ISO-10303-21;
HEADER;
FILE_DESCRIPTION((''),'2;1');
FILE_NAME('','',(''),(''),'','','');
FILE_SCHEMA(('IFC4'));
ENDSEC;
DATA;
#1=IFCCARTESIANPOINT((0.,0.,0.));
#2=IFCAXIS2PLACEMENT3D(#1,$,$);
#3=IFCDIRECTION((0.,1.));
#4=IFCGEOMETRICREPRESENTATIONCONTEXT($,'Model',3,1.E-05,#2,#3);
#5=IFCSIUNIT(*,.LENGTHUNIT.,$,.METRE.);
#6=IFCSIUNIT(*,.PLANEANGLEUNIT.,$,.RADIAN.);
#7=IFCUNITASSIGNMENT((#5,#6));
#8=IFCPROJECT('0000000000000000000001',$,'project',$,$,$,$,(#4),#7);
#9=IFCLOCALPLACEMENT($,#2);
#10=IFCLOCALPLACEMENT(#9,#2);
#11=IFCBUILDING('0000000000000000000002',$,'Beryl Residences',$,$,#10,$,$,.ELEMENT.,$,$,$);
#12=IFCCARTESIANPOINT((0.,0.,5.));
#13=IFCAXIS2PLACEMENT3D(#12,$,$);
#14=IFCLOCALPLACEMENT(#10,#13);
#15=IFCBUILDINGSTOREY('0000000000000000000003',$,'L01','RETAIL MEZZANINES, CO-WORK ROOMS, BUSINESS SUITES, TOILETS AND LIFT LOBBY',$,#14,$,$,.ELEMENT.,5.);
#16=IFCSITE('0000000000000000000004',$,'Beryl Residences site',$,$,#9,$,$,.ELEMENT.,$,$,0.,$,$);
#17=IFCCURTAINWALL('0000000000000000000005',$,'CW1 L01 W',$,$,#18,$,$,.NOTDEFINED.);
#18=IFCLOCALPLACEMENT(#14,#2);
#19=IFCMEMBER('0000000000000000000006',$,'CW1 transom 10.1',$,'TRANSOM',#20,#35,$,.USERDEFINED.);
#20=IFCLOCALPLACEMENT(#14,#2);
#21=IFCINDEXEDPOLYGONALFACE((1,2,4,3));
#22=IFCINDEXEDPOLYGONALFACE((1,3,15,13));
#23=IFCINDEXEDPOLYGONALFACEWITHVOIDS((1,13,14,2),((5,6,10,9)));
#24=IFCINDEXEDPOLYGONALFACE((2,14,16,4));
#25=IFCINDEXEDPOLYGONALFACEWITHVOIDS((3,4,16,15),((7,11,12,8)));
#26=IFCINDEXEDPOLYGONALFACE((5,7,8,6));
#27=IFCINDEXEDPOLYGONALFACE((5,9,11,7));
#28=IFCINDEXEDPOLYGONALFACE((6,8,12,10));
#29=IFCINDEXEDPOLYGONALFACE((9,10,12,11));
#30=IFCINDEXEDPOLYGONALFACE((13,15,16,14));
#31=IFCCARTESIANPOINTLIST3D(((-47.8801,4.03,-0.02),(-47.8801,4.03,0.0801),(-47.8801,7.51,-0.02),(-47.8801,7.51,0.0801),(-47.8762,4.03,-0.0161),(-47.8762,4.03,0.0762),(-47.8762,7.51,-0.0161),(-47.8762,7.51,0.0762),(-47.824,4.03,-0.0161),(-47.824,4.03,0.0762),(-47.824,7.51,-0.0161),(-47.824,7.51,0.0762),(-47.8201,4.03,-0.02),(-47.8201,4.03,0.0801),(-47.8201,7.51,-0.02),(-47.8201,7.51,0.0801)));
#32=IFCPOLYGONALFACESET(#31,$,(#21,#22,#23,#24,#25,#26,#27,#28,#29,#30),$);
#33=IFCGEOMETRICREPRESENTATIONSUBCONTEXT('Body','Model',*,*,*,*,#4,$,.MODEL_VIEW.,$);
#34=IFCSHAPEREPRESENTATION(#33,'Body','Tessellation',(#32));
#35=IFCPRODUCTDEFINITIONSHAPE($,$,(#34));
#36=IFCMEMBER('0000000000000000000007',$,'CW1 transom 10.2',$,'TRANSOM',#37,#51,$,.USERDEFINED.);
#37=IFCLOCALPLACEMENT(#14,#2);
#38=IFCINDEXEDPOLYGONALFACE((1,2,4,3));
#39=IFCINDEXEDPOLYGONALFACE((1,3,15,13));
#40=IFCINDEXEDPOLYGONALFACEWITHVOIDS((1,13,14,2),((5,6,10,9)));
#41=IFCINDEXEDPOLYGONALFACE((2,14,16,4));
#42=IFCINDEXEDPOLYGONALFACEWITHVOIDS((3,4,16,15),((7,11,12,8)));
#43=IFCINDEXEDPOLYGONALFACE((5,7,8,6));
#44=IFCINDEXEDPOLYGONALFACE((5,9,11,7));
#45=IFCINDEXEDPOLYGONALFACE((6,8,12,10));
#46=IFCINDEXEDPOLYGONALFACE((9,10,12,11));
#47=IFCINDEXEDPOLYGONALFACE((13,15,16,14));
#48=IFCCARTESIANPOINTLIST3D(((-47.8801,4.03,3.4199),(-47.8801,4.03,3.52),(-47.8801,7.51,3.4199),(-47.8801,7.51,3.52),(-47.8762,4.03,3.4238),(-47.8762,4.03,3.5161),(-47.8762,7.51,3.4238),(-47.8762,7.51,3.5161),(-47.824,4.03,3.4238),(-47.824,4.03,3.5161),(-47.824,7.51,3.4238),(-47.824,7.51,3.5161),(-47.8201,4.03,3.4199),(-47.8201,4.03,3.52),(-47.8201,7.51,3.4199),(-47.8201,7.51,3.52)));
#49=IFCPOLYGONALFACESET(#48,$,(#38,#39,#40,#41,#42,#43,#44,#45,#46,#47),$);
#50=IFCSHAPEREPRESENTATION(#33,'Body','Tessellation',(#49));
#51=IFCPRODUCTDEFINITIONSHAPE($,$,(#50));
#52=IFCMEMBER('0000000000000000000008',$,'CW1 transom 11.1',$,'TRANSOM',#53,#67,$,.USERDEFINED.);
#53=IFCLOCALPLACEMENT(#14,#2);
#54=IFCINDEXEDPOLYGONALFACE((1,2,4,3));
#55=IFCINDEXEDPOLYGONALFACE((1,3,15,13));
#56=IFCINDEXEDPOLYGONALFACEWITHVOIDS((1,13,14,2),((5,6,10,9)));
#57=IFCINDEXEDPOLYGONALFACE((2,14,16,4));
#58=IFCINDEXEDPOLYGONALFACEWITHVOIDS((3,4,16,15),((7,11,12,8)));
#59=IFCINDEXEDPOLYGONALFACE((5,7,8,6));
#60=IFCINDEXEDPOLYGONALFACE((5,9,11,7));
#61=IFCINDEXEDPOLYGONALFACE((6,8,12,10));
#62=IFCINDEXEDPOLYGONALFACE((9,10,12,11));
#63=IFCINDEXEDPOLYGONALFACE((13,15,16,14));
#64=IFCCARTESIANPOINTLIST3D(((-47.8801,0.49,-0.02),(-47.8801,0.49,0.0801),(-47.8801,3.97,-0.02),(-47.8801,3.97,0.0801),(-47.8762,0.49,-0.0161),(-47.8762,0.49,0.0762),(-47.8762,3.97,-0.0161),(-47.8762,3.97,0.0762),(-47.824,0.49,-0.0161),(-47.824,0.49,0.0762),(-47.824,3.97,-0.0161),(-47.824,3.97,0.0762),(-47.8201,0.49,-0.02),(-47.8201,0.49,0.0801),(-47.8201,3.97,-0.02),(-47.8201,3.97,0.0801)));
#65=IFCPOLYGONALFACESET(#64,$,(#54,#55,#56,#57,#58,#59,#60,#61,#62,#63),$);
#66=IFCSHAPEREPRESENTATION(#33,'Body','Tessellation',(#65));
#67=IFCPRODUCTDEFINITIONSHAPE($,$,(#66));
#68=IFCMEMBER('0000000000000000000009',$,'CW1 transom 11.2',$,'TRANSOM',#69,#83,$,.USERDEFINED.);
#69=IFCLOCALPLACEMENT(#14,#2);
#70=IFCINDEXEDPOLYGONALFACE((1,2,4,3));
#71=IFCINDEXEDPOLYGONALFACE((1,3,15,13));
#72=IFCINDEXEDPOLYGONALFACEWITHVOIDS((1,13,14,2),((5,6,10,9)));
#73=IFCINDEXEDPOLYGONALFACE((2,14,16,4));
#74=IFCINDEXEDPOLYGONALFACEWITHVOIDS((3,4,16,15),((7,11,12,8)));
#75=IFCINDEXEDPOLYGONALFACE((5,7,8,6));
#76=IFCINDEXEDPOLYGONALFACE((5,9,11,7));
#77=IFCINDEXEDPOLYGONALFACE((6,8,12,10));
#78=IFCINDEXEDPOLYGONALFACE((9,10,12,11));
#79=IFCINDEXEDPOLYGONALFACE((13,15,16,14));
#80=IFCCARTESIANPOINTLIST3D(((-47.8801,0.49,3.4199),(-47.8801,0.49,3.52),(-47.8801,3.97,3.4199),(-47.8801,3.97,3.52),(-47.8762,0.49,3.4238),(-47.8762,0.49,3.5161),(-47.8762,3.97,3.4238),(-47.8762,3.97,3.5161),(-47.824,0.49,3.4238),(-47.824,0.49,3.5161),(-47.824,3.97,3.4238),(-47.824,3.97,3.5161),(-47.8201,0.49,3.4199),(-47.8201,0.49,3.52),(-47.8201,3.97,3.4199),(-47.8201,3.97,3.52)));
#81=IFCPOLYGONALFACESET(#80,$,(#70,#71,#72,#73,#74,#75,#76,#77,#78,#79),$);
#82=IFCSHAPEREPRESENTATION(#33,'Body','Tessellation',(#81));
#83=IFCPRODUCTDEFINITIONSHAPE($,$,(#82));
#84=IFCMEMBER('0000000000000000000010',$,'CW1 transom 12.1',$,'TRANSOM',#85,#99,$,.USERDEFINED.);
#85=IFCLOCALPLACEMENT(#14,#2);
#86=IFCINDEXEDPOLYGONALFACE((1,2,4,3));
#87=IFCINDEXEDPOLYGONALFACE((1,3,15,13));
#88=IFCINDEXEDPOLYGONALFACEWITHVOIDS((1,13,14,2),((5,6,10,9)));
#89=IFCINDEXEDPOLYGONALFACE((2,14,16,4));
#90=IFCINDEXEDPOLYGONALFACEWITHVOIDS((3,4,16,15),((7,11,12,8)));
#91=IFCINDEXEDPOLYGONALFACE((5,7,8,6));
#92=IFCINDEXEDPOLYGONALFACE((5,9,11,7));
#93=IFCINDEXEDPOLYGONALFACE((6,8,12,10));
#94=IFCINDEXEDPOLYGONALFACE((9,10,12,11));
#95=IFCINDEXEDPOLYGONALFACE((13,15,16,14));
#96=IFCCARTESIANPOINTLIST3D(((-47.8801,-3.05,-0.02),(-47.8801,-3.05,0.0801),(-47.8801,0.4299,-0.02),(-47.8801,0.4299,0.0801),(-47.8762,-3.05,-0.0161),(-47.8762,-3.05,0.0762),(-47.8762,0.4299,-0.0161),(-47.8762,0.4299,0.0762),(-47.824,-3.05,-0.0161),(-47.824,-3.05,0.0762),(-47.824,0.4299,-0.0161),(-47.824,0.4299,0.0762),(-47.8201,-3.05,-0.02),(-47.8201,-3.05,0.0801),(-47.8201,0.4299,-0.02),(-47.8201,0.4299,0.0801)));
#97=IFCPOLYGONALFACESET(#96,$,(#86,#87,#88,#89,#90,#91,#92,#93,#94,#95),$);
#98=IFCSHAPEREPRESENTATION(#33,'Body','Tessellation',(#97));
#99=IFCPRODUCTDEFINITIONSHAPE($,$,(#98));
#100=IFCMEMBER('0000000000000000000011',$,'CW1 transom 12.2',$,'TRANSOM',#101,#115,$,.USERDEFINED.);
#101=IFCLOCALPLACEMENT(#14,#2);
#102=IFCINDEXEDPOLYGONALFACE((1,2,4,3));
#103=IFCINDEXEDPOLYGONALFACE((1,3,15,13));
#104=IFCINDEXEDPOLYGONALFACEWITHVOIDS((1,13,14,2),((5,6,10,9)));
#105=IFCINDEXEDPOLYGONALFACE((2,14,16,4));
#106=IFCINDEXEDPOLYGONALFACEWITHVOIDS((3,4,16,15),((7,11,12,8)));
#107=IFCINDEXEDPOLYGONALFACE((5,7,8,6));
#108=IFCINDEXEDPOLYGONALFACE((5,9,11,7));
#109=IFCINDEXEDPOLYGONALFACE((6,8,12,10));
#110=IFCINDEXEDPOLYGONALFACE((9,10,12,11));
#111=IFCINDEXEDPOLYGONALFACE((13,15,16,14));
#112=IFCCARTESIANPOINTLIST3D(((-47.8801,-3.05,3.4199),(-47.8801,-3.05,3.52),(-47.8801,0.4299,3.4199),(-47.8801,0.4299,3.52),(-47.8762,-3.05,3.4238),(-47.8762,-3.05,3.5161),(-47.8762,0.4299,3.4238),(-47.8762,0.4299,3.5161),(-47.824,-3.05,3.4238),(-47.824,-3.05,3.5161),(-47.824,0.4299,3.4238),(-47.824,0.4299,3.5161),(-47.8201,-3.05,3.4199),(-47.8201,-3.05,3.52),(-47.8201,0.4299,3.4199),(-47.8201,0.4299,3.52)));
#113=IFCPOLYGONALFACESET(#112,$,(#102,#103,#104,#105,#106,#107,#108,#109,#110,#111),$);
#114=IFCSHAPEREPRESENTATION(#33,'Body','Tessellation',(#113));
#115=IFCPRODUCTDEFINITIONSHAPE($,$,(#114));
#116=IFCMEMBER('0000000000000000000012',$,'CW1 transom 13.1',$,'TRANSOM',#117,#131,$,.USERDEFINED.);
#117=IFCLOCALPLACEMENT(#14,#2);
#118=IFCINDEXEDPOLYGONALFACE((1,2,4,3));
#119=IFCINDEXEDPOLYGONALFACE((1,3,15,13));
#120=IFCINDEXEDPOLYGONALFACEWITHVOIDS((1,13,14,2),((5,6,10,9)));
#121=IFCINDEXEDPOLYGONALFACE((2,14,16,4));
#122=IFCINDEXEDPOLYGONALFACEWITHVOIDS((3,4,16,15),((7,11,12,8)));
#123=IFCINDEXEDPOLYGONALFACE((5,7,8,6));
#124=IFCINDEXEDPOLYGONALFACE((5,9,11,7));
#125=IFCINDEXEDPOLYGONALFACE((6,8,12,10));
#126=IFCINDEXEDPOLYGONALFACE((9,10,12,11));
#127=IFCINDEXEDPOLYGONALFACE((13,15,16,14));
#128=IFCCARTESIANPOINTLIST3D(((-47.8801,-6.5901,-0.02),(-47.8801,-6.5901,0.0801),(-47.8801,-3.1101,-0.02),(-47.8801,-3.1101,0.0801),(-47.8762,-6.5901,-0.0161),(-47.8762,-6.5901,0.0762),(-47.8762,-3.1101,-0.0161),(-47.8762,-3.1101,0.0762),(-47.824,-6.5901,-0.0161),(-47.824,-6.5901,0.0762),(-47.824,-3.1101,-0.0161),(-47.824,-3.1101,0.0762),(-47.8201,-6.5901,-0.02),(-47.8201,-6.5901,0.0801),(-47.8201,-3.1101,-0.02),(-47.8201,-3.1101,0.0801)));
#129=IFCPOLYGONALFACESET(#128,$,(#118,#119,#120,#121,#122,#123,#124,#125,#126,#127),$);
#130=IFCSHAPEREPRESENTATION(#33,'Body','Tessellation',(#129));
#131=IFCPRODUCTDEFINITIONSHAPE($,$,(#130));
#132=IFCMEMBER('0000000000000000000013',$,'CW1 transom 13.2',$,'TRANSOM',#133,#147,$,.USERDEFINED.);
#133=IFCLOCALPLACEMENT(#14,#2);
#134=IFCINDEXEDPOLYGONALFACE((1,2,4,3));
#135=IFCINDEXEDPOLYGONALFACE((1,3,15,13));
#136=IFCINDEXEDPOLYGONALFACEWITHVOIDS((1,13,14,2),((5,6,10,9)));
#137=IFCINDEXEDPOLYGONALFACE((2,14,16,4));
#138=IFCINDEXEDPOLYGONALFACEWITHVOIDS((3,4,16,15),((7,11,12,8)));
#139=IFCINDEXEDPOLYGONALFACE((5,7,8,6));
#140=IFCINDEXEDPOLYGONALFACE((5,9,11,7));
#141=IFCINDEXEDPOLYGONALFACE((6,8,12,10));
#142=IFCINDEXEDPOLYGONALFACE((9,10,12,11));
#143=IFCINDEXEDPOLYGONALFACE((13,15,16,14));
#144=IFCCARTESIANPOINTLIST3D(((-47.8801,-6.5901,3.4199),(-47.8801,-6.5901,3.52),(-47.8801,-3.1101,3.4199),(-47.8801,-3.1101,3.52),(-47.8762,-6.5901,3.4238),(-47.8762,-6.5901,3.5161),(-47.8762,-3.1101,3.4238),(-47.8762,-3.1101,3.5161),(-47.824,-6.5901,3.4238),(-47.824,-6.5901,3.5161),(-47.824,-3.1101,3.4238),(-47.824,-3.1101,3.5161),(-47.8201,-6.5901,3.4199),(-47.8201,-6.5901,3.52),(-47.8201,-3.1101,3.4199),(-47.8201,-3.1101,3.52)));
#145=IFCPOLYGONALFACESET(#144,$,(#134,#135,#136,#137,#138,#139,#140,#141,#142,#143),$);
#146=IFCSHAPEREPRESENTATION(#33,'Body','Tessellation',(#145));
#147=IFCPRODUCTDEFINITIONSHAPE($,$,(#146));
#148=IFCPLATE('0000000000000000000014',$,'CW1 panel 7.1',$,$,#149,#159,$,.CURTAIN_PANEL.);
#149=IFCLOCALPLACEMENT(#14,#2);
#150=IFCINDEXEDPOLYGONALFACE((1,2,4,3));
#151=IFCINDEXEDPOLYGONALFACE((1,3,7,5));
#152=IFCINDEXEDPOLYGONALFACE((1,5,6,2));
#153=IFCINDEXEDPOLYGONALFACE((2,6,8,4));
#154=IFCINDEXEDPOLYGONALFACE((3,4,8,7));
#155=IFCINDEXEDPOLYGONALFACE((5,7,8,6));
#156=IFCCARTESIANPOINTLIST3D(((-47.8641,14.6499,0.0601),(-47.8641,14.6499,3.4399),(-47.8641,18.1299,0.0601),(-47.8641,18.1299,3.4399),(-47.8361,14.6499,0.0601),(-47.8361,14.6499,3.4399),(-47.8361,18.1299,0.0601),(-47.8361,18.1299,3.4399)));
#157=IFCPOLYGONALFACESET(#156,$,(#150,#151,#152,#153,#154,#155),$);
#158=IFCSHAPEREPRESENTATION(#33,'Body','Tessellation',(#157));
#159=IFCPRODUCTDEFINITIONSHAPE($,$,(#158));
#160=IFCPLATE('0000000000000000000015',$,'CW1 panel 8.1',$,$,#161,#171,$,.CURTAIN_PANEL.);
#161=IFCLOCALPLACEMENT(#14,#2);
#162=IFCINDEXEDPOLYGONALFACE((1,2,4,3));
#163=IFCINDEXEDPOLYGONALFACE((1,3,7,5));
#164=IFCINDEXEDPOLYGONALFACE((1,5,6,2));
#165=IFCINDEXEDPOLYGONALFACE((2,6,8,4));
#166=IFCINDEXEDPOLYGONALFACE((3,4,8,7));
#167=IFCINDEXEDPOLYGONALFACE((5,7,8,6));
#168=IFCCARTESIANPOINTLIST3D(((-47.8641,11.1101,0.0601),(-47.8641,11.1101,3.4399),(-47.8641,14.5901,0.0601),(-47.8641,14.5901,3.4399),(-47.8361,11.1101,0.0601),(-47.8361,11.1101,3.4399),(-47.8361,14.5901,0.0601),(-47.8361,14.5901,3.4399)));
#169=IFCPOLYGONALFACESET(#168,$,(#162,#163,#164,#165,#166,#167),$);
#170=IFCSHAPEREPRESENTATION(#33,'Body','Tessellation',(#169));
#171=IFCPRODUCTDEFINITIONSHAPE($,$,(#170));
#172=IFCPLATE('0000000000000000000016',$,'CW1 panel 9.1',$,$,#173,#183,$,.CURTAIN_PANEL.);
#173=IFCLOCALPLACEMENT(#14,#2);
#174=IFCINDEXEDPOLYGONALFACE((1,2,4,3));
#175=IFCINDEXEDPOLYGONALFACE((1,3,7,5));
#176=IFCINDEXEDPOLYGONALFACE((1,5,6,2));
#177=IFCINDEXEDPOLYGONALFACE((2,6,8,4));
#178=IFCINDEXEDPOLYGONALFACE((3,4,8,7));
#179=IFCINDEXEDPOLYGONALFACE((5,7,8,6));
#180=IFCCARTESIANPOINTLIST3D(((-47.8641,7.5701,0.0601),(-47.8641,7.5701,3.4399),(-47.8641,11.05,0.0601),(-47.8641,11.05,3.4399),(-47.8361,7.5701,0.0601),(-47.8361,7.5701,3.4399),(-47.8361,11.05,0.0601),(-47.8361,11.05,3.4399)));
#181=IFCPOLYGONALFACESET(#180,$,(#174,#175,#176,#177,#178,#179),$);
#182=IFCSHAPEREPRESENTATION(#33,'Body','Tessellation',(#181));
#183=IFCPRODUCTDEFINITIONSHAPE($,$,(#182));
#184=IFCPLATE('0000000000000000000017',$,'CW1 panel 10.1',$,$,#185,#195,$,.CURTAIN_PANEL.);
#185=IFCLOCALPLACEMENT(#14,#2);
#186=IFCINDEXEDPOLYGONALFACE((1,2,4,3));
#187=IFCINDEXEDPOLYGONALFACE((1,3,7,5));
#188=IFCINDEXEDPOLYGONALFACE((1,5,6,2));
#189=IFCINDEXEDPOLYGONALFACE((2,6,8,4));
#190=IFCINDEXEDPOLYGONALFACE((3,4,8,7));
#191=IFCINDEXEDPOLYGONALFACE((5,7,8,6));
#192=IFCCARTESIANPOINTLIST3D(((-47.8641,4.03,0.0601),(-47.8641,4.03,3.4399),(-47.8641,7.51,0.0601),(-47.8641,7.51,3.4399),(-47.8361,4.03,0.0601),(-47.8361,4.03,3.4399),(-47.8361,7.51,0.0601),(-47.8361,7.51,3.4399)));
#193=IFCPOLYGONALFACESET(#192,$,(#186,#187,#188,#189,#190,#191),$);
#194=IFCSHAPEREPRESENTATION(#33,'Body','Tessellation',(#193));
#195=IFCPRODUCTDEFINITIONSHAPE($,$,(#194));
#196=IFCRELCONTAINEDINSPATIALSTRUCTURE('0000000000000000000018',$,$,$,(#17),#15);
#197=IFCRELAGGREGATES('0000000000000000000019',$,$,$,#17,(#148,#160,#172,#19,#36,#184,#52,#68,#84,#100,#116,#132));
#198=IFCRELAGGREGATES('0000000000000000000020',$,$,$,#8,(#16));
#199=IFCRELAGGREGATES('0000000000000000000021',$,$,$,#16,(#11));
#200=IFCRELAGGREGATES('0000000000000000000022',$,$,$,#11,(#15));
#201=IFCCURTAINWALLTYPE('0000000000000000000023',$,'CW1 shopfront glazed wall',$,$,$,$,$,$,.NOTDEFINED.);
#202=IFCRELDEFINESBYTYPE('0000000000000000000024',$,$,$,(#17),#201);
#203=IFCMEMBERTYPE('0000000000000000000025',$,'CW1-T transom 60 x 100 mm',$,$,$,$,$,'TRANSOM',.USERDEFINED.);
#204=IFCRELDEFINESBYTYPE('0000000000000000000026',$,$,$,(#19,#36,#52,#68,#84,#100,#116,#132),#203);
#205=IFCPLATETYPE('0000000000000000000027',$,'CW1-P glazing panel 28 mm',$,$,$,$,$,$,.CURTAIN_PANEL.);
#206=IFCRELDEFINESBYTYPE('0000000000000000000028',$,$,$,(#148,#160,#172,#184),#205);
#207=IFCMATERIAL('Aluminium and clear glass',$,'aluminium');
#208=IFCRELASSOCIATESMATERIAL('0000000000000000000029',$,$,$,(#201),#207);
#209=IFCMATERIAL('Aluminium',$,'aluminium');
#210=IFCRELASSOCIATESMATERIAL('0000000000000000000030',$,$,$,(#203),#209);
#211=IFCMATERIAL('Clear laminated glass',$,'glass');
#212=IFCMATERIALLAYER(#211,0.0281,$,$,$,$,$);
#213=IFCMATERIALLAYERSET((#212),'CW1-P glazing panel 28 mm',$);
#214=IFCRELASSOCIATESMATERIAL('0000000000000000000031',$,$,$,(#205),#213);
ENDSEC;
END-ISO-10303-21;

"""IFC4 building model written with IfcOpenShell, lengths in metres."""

from ifc_helpers import new_model, si_unit, direction, frame, origin, origin_2d, place, context, subcontext, project, spatial, rectangle, hollow_rectangle, extrude, material, layer, layer_set, material_profile, profile_set, type_object, element, aggregate, save


model = new_model("IFC4")

# Units and contexts
model_context = context("Model", 3, precision=1e-05, world=origin(), true_north=direction((0.0, 1.0)))
body_context = subcontext(model_context, "Body", "Model", "MODEL_VIEW")
ifc_project = project(units=[si_unit("LENGTHUNIT", "METRE"), si_unit("PLANEANGLEUNIT", "RADIAN")], contexts=[model_context])

# Site, building, storey
site_placement = place(None, origin())
site = spatial("IfcSite", under=ifc_project, at=site_placement, Name="Beryl Residences site", CompositionType="ELEMENT", RefElevation=0.0)
building_placement = place(site_placement, origin())
building = spatial("IfcBuilding", under=site, at=building_placement, Name="Beryl Residences", CompositionType="ELEMENT")
storey_placement = place(building_placement, frame((0.0, 0.0, 5.0)))
storey = spatial("IfcBuildingStorey", under=building, at=storey_placement, Name="L01", Description="RETAIL MEZZANINES, CO-WORK ROOMS, BUSINESS SUITES, TOILETS AND LIFT LOBBY", CompositionType="ELEMENT", Elevation=5.0)

# Curtain wall, members, plates
ifc_material_1 = material(Name="Aluminium and clear glass", Category="aluminium")
curtain_wall_type = type_object("IfcCurtainWallType", Name="CW1 shopfront glazed wall", PredefinedType="NOTDEFINED", material=ifc_material_1)
curtain_wall_placement = place(storey_placement, origin())
curtain_wall = element("IfcCurtainWall", 1, at=curtain_wall_placement, inside=storey, type_object=curtain_wall_type, Name="CW1 L01 W", PredefinedType="NOTDEFINED")
ifc_material_2 = material(Name="Aluminium", Category="aluminium")
ifc_material_profile_1 = material_profile(ifc_material_2, hollow_rectangle(XDim=0.0601, YDim=0.1001, WallThickness=0.0039, at=origin_2d()))
ifc_profile_set_1 = profile_set([ifc_material_profile_1], Name="Aluminium")
member_type_1 = type_object("IfcMemberType", Name="CW1-T transom 60 x 100 mm", ElementType="TRANSOM", PredefinedType="USERDEFINED", material=ifc_profile_set_1)
member_1_placement = place(storey_placement, frame((-47.8501, 7.51, 0.03), z_axis=(0.0, -1.0, 0.0), x_axis=(1.0, 0.0, 0.0)))
member_1 = element("IfcMember", 2, at=member_1_placement, type_object=member_type_1, Name="CW1 transom 10.1", ObjectType="TRANSOM", PredefinedType="USERDEFINED", context=body_context, shape_type="SweptSolid", body=[
    extrude(hollow_rectangle(XDim=0.0601, YDim=0.1001, WallThickness=0.0039, at=origin_2d()), origin(), (0.0, 0.0, 1.0), 3.48),
])
member_2_placement = place(storey_placement, frame((-47.8501, 7.51, 3.47), z_axis=(0.0, -1.0, 0.0), x_axis=(1.0, 0.0, 0.0)))
member_2 = element("IfcMember", 3, at=member_2_placement, type_object=member_type_1, Name="CW1 transom 10.2", ObjectType="TRANSOM", PredefinedType="USERDEFINED", context=body_context, shape_type="SweptSolid", body=[
    extrude(hollow_rectangle(XDim=0.0601, YDim=0.1001, WallThickness=0.0039, at=origin_2d()), origin(), (0.0, 0.0, 1.0), 3.48),
])
member_3_placement = place(storey_placement, frame((-47.8501, 3.97, 0.03), z_axis=(0.0, -1.0, 0.0), x_axis=(1.0, 0.0, 0.0)))
member_3 = element("IfcMember", 4, at=member_3_placement, type_object=member_type_1, Name="CW1 transom 11.1", ObjectType="TRANSOM", PredefinedType="USERDEFINED", context=body_context, shape_type="SweptSolid", body=[
    extrude(hollow_rectangle(XDim=0.0601, YDim=0.1001, WallThickness=0.0039, at=origin_2d()), origin(), (0.0, 0.0, 1.0), 3.48),
])
member_4_placement = place(storey_placement, frame((-47.8501, 3.97, 3.47), z_axis=(0.0, -1.0, 0.0), x_axis=(1.0, 0.0, 0.0)))
member_4 = element("IfcMember", 5, at=member_4_placement, type_object=member_type_1, Name="CW1 transom 11.2", ObjectType="TRANSOM", PredefinedType="USERDEFINED", context=body_context, shape_type="SweptSolid", body=[
    extrude(hollow_rectangle(XDim=0.0601, YDim=0.1001, WallThickness=0.0039, at=origin_2d()), origin(), (0.0, 0.0, 1.0), 3.48),
])
member_5_placement = place(storey_placement, frame((-47.8501, 0.4299, 0.03), z_axis=(0.0, -1.0, 0.0), x_axis=(1.0, 0.0, 0.0)))
member_5 = element("IfcMember", 6, at=member_5_placement, type_object=member_type_1, Name="CW1 transom 12.1", ObjectType="TRANSOM", PredefinedType="USERDEFINED", context=body_context, shape_type="SweptSolid", body=[
    extrude(hollow_rectangle(XDim=0.0601, YDim=0.1001, WallThickness=0.0039, at=origin_2d()), origin(), (0.0, 0.0, 1.0), 3.48),
])
member_6_placement = place(storey_placement, frame((-47.8501, 0.4299, 3.47), z_axis=(0.0, -1.0, 0.0), x_axis=(1.0, 0.0, 0.0)))
member_6 = element("IfcMember", 7, at=member_6_placement, type_object=member_type_1, Name="CW1 transom 12.2", ObjectType="TRANSOM", PredefinedType="USERDEFINED", context=body_context, shape_type="SweptSolid", body=[
    extrude(hollow_rectangle(XDim=0.0601, YDim=0.1001, WallThickness=0.0039, at=origin_2d()), origin(), (0.0, 0.0, 1.0), 3.48),
])
member_7_placement = place(storey_placement, frame((-47.8501, -3.1101, 0.03), z_axis=(0.0, -1.0, 0.0), x_axis=(1.0, 0.0, 0.0)))
member_7 = element("IfcMember", 8, at=member_7_placement, type_object=member_type_1, Name="CW1 transom 13.1", ObjectType="TRANSOM", PredefinedType="USERDEFINED", context=body_context, shape_type="SweptSolid", body=[
    extrude(hollow_rectangle(XDim=0.0601, YDim=0.1001, WallThickness=0.0039, at=origin_2d()), origin(), (0.0, 0.0, 1.0), 3.48),
])
member_8_placement = place(storey_placement, frame((-47.8501, -3.1101, 3.47), z_axis=(0.0, -1.0, 0.0), x_axis=(1.0, 0.0, 0.0)))
member_8 = element("IfcMember", 9, at=member_8_placement, type_object=member_type_1, Name="CW1 transom 13.2", ObjectType="TRANSOM", PredefinedType="USERDEFINED", context=body_context, shape_type="SweptSolid", body=[
    extrude(hollow_rectangle(XDim=0.0601, YDim=0.1001, WallThickness=0.0039, at=origin_2d()), origin(), (0.0, 0.0, 1.0), 3.48),
])
ifc_material_3 = material(Name="Clear laminated glass", Category="glass")
ifc_layer_1 = layer(ifc_material_3, 0.0281)
ifc_layer_set_1 = layer_set([ifc_layer_1], Name="CW1-P glazing panel 28 mm")
plate_type = type_object("IfcPlateType", Name="CW1-P glazing panel 28 mm", PredefinedType="CURTAIN_PANEL", material=ifc_layer_set_1)
plate_1_placement = place(storey_placement, frame((-47.8501, 16.3899, 0.0601), z_axis=(0.0, 0.0, 1.0), x_axis=(0.0, -1.0, 0.0)))
plate_1 = element("IfcPlate", 10, at=plate_1_placement, type_object=plate_type, Name="CW1 panel 7.1", PredefinedType="CURTAIN_PANEL", context=body_context, shape_type="SweptSolid", body=[
    extrude(rectangle(XDim=3.48, YDim=0.0281, at=origin_2d()), origin(), (0.0, 0.0, 1.0), 3.3799),
])
plate_2_placement = place(storey_placement, frame((-47.8501, 12.8501, 0.0601), z_axis=(0.0, 0.0, 1.0), x_axis=(0.0, -1.0, 0.0)))
plate_2 = element("IfcPlate", 11, at=plate_2_placement, type_object=plate_type, Name="CW1 panel 8.1", PredefinedType="CURTAIN_PANEL", context=body_context, shape_type="SweptSolid", body=[
    extrude(rectangle(XDim=3.48, YDim=0.0281, at=origin_2d()), origin(), (0.0, 0.0, 1.0), 3.3799),
])
plate_3_placement = place(storey_placement, frame((-47.8501, 9.3101, 0.0601), z_axis=(0.0, 0.0, 1.0), x_axis=(0.0, -1.0, 0.0)))
plate_3 = element("IfcPlate", 12, at=plate_3_placement, type_object=plate_type, Name="CW1 panel 9.1", PredefinedType="CURTAIN_PANEL", context=body_context, shape_type="SweptSolid", body=[
    extrude(rectangle(XDim=3.48, YDim=0.0281, at=origin_2d()), origin(), (0.0, 0.0, 1.0), 3.3799),
])
plate_4_placement = place(storey_placement, frame((-47.8501, 5.77, 0.0601), z_axis=(0.0, 0.0, 1.0), x_axis=(0.0, -1.0, 0.0)))
plate_4 = element("IfcPlate", 13, at=plate_4_placement, type_object=plate_type, Name="CW1 panel 10.1", PredefinedType="CURTAIN_PANEL", context=body_context, shape_type="SweptSolid", body=[
    extrude(rectangle(XDim=3.48, YDim=0.0281, at=origin_2d()), origin(), (0.0, 0.0, 1.0), 3.3799),
])
aggregate(curtain_wall, [plate_1, plate_2, plate_3, member_1, member_2, plate_4, member_3, member_4, member_5, member_6, member_7, member_8])

save(model, "model.ifc")
